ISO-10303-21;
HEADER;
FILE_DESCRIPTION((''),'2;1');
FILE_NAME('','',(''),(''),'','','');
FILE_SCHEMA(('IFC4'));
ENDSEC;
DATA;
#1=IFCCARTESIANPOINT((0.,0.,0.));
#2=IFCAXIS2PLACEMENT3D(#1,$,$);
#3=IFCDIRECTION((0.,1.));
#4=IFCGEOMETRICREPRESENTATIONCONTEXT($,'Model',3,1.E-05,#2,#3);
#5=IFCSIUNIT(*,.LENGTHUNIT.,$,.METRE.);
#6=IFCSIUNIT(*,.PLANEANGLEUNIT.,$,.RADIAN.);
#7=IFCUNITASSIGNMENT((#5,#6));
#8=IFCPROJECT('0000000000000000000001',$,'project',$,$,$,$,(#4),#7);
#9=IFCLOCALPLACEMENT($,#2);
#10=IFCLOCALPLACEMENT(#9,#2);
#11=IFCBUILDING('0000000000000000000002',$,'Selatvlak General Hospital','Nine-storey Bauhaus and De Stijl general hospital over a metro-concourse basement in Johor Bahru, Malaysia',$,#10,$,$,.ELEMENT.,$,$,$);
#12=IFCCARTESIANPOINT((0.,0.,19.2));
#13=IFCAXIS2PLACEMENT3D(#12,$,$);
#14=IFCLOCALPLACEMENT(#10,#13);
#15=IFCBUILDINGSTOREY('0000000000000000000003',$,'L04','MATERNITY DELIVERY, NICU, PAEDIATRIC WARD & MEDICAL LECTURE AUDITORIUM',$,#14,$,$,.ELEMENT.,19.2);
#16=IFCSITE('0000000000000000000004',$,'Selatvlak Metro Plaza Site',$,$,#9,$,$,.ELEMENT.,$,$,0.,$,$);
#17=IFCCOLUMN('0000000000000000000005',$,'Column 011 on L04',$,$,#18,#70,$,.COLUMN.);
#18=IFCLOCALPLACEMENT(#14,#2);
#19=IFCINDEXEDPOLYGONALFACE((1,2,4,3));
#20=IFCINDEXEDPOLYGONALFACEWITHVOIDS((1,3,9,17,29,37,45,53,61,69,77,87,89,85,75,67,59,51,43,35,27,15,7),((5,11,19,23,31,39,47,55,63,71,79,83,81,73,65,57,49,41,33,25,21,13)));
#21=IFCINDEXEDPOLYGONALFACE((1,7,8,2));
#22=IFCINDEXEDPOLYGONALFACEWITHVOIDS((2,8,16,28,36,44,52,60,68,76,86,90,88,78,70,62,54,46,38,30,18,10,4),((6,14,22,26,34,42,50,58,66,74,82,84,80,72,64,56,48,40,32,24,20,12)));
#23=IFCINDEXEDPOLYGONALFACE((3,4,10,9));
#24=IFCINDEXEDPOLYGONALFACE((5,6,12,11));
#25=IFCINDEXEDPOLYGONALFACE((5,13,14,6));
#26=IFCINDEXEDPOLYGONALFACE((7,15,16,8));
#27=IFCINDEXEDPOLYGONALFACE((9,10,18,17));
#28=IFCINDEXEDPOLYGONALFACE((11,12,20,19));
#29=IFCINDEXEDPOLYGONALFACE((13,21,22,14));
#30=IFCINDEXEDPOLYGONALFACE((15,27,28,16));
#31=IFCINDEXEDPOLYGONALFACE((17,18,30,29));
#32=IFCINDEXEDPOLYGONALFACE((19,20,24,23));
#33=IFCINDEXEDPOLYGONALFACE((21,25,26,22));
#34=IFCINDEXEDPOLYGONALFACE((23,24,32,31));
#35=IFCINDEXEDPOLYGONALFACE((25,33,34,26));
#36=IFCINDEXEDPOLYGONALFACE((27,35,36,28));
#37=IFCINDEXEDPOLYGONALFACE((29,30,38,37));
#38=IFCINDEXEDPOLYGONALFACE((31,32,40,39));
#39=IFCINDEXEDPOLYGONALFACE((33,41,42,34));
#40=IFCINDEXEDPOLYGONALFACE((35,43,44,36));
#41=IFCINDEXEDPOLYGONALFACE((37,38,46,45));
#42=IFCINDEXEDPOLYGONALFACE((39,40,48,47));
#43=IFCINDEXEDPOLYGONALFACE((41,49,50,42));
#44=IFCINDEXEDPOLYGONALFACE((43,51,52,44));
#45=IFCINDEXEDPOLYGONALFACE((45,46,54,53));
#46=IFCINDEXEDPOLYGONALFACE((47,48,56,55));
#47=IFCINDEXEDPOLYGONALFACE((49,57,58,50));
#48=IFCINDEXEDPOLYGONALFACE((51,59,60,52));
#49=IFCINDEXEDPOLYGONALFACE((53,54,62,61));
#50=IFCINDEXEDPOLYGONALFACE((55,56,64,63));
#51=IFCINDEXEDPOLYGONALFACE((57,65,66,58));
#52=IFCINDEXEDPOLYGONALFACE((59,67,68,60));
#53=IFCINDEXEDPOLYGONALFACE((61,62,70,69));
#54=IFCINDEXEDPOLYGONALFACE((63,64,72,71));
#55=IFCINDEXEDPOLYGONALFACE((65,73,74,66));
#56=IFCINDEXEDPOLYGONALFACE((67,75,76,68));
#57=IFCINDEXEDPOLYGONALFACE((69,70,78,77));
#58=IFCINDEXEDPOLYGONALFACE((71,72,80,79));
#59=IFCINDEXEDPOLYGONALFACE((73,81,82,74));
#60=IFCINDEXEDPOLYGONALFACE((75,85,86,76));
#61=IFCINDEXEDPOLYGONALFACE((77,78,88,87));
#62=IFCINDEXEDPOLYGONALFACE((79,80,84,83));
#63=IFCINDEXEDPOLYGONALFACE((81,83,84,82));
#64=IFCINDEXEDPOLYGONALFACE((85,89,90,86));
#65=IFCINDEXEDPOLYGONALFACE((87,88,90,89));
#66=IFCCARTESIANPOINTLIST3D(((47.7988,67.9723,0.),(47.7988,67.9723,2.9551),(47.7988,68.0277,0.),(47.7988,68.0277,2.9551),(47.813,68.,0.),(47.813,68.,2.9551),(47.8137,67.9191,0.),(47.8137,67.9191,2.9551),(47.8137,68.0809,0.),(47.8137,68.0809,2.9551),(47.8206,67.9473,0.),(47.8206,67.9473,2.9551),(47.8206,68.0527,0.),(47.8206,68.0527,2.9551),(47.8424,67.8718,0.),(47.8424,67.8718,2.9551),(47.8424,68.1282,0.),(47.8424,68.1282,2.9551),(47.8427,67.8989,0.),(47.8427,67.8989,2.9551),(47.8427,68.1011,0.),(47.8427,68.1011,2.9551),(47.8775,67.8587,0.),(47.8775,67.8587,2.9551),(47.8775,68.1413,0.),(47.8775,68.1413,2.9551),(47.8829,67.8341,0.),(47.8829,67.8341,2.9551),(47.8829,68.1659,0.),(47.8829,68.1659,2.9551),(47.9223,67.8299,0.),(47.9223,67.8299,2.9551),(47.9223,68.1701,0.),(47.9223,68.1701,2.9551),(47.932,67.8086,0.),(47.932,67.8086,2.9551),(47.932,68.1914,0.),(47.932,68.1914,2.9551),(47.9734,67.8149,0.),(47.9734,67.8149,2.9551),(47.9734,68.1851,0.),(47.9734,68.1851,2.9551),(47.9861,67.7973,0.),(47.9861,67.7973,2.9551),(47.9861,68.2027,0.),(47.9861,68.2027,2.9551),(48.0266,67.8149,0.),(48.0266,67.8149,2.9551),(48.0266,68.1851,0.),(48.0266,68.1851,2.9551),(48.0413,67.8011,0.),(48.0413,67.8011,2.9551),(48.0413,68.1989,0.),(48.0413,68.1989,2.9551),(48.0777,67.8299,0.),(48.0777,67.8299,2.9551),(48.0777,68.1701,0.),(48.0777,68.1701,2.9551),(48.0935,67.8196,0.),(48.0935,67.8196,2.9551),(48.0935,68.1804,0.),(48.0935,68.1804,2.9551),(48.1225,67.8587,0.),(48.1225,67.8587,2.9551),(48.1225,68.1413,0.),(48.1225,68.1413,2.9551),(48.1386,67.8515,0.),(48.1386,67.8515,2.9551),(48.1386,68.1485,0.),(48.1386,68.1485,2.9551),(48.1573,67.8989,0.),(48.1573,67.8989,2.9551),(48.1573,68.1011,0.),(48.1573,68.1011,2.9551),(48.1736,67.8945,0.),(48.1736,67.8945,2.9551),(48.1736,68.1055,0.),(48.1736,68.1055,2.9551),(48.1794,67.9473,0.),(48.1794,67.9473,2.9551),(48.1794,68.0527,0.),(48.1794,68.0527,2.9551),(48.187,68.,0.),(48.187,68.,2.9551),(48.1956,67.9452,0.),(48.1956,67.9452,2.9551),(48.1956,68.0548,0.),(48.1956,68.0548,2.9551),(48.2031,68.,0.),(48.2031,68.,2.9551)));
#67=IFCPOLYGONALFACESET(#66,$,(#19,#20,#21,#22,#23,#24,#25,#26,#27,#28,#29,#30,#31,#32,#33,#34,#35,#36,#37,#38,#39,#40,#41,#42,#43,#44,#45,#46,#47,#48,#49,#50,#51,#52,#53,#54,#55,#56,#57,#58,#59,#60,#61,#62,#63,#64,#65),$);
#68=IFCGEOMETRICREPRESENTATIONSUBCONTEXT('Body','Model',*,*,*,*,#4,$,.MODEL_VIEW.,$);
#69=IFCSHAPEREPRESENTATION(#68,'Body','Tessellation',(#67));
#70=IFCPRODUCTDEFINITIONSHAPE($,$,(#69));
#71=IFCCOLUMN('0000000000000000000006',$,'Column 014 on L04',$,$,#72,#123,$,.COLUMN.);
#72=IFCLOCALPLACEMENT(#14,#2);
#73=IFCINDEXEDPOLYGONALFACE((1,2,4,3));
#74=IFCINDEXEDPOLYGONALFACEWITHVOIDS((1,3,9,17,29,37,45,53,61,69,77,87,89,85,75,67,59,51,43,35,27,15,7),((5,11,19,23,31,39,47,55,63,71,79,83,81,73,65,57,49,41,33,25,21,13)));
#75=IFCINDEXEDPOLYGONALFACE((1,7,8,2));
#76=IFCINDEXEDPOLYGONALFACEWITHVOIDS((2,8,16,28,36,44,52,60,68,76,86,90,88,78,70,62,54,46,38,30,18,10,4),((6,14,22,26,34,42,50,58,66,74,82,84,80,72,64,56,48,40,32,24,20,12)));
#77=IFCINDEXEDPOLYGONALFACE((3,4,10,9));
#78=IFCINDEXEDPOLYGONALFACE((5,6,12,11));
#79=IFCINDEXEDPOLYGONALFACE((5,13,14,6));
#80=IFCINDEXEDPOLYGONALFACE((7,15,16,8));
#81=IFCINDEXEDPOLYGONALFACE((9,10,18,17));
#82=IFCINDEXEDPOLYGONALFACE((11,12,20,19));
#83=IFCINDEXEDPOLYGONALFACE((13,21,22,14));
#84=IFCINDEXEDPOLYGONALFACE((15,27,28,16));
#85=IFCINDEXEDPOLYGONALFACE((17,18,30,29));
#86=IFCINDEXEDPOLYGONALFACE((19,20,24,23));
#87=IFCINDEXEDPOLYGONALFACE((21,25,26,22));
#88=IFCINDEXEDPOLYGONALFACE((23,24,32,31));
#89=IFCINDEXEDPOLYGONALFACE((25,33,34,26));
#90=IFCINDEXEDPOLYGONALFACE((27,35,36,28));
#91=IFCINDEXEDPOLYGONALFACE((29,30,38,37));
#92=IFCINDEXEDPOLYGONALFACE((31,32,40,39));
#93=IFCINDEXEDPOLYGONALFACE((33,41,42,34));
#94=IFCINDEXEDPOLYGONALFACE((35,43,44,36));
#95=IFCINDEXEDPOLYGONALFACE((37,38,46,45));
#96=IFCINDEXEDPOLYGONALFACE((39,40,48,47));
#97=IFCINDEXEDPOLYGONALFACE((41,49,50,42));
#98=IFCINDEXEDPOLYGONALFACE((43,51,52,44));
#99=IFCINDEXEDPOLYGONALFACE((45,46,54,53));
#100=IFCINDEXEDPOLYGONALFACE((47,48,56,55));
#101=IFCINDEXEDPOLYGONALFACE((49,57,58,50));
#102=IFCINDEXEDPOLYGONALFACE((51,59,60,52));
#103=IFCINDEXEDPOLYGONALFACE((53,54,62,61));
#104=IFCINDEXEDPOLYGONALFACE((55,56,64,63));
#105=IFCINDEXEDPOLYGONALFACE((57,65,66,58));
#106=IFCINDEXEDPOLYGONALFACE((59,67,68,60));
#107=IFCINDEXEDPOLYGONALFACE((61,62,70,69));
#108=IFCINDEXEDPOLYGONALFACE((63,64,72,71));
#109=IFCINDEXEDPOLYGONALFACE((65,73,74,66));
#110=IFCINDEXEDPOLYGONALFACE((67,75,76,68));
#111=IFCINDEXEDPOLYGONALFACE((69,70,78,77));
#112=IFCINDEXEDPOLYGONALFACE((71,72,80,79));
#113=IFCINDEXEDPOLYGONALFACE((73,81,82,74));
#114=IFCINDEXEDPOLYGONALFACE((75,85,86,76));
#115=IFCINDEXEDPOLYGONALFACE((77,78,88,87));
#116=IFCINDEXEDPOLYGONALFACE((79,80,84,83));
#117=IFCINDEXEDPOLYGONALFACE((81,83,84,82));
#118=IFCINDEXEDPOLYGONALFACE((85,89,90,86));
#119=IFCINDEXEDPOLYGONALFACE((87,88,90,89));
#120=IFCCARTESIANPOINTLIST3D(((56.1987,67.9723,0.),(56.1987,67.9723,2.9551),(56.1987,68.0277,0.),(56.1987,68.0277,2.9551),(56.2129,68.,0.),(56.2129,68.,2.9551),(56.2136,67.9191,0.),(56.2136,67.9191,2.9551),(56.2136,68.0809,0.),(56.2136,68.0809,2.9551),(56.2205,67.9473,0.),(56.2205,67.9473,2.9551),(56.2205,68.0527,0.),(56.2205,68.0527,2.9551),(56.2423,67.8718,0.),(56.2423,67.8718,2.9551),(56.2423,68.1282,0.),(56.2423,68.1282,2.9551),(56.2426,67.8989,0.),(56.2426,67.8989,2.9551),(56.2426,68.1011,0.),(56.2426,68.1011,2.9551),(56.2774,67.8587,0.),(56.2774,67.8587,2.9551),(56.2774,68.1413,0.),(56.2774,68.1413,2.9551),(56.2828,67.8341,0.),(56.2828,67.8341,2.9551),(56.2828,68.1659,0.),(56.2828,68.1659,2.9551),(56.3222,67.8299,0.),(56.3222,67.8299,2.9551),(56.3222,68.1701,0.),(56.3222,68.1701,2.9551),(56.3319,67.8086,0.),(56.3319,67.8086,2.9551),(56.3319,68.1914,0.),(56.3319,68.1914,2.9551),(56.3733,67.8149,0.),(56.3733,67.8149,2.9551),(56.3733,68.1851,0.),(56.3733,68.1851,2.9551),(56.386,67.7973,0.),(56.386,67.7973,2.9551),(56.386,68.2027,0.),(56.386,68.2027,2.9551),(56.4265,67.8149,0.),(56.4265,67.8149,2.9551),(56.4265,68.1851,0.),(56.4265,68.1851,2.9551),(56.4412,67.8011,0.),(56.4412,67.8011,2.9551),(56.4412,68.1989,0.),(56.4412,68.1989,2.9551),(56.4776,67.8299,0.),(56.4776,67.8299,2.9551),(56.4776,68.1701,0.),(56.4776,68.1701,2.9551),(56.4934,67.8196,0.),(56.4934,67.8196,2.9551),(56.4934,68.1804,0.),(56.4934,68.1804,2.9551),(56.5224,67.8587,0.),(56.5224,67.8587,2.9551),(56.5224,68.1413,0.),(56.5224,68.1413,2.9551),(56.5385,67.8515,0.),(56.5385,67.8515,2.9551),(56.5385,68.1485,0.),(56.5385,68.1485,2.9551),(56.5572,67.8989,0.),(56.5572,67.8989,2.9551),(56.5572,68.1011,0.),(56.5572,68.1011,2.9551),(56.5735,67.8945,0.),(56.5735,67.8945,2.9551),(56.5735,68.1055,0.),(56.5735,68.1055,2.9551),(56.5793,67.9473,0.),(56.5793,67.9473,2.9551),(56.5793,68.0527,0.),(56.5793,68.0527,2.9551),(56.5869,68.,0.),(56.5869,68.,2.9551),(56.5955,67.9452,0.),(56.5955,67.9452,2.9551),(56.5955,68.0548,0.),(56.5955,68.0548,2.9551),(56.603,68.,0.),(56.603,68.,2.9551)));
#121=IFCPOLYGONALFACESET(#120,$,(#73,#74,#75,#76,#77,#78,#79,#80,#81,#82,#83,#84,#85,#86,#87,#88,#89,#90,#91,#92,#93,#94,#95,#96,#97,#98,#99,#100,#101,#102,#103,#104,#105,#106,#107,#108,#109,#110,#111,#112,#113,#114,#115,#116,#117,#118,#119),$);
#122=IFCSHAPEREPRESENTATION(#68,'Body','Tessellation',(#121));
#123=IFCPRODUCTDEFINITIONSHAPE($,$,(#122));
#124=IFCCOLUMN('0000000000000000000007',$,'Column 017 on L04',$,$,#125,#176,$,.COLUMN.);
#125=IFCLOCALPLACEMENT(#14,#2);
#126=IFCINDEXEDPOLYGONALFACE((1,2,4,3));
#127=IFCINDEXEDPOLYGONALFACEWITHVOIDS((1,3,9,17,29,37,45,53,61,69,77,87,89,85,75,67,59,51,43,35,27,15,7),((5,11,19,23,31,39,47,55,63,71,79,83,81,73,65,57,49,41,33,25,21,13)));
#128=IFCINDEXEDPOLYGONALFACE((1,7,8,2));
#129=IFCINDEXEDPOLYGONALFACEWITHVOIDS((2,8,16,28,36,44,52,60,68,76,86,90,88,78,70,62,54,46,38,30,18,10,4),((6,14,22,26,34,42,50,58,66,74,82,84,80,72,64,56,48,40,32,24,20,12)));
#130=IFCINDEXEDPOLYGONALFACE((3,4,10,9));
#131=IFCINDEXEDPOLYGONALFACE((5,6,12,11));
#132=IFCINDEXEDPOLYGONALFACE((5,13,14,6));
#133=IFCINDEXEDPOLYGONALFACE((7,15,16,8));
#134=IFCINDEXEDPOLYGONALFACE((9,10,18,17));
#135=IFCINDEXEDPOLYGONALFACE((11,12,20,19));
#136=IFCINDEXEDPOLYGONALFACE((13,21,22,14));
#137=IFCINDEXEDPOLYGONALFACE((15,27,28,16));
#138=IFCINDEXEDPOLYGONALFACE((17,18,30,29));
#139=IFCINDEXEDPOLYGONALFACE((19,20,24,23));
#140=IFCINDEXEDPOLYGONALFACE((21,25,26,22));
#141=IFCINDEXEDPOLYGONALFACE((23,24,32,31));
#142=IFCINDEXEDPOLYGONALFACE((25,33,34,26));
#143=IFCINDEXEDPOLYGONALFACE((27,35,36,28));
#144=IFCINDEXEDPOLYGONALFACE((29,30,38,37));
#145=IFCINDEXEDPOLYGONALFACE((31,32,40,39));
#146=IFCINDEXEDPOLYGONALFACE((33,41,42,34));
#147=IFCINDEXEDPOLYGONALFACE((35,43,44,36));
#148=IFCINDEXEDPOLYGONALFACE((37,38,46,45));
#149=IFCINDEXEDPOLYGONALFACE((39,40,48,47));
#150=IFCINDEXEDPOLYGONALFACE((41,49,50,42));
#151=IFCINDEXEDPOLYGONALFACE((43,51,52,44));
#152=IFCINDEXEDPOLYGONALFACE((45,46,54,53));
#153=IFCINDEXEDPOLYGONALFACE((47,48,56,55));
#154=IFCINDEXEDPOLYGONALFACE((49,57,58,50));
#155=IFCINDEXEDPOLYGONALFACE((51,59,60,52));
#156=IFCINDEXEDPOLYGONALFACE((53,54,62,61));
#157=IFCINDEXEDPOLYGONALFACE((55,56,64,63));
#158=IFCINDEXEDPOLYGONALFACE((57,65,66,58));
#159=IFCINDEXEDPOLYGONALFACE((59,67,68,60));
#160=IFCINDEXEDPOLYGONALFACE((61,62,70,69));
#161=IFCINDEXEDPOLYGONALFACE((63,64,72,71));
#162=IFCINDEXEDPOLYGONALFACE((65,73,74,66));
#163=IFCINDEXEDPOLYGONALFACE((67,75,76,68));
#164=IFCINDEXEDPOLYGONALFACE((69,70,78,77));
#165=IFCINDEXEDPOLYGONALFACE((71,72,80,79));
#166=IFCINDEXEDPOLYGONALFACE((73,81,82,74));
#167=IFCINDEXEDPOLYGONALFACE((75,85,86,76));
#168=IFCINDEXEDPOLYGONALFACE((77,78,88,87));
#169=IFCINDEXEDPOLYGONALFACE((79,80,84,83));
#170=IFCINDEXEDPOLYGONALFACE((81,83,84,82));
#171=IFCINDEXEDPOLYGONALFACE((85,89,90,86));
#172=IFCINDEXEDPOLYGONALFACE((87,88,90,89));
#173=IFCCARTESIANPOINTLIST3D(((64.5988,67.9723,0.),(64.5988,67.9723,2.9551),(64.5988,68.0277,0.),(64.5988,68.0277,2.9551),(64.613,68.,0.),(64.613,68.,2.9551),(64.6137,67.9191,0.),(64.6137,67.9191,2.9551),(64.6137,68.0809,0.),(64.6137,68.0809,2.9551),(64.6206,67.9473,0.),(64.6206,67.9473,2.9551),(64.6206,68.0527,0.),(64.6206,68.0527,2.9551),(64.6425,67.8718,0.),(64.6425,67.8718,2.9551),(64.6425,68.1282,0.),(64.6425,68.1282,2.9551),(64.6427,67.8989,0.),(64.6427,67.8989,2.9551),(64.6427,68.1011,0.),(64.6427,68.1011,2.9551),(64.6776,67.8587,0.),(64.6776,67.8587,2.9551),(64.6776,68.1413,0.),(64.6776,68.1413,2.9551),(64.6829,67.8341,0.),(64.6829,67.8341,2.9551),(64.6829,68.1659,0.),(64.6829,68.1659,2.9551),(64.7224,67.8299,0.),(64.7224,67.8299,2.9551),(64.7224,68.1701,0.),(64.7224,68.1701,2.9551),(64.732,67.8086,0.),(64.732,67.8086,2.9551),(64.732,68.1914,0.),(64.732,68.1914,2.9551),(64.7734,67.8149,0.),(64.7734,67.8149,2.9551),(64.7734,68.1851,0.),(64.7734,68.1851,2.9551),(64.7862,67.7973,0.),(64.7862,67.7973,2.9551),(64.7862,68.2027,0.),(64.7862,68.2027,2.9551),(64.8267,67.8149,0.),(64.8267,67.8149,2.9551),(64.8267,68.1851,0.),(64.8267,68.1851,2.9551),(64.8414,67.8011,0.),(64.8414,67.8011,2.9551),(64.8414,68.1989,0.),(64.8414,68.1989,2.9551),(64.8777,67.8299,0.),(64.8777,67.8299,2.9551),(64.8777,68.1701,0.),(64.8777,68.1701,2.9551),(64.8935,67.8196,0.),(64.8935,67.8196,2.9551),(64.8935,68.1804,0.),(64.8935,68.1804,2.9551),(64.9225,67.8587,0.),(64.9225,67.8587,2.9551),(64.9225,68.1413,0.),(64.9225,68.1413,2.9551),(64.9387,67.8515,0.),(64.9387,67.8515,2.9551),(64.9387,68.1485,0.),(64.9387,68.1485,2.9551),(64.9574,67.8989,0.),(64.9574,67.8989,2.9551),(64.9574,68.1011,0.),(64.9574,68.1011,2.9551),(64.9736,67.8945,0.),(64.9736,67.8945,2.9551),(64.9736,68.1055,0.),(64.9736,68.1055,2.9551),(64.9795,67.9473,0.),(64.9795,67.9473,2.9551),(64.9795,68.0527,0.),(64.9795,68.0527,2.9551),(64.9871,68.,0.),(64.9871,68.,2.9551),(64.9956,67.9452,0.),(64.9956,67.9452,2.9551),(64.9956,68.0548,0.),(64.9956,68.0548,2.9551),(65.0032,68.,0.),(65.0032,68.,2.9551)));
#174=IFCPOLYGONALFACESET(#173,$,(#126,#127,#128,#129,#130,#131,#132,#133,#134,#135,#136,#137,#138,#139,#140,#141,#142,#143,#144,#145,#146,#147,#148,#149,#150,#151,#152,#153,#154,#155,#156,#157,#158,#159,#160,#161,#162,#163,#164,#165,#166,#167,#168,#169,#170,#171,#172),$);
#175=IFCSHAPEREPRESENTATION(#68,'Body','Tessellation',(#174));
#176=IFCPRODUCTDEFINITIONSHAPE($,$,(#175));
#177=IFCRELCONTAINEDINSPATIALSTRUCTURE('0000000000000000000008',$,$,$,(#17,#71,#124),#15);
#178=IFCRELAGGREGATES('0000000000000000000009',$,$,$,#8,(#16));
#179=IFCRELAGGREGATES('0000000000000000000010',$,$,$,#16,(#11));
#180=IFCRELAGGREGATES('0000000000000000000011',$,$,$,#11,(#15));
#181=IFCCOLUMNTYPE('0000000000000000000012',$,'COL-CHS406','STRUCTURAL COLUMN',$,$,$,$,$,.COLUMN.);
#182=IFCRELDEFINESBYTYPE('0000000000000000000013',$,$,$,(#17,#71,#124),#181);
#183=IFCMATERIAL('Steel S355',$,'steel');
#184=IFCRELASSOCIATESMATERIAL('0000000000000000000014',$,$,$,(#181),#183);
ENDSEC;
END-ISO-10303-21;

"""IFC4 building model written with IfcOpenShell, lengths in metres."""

from ifc_helpers import new_model, si_unit, direction, frame, origin, origin_2d, place, context, subcontext, project, spatial, hollow_circle, extrude, material, material_profile, profile_set, type_object, element, save


model = new_model("IFC4")

# Units and contexts
model_context = context("Model", 3, precision=1e-05, world=origin(), true_north=direction((0.0, 1.0)))
body_context = subcontext(model_context, "Body", "Model", "MODEL_VIEW")
ifc_project = project(units=[si_unit("LENGTHUNIT", "METRE"), si_unit("PLANEANGLEUNIT", "RADIAN")], contexts=[model_context])

# Site, building, storey
site_placement = place(None, origin())
site = spatial("IfcSite", under=ifc_project, at=site_placement, Name="Selatvlak Metro Plaza Site", CompositionType="ELEMENT", RefElevation=0.0)
building_placement = place(site_placement, origin())
building = spatial("IfcBuilding", under=site, at=building_placement, Name="Selatvlak General Hospital", Description="Nine-storey Bauhaus and De Stijl general hospital over a metro-concourse basement in Johor Bahru, Malaysia", CompositionType="ELEMENT")
storey_placement = place(building_placement, frame((0.0, 0.0, 19.2)))
storey = spatial("IfcBuildingStorey", under=building, at=storey_placement, Name="L04", Description="MATERNITY DELIVERY, NICU, PAEDIATRIC WARD & MEDICAL LECTURE AUDITORIUM", CompositionType="ELEMENT", Elevation=19.2)

# Columns
ifc_material_1 = material(Name="Steel S355", Category="steel")
ifc_material_profile_1 = material_profile(ifc_material_1, hollow_circle(Radius=0.2031, WallThickness=0.0161, at=origin_2d()), Name="CHS 406.4x16")
ifc_profile_set_1 = profile_set([ifc_material_profile_1], Name="Steel S355")
column_type = type_object("IfcColumnType", Name="COL-CHS406", Description="STRUCTURAL COLUMN", PredefinedType="COLUMN", material=ifc_profile_set_1)
for number, where, z_axis, x_axis, name in (
    (1, (48.0, 68.0, 0.0), (0.0, 0.0, 1.0), (1.0, 0.0, 0.0), "Column 011 on L04"),
    (2, (56.3999, 68.0, 0.0), (0.0, 0.0, 1.0), (1.0, 0.0, 0.0), "Column 014 on L04"),
    (3, (64.8, 68.0, 0.0), (0.0, 0.0, 1.0), (1.0, 0.0, 0.0), "Column 017 on L04"),
):
    element("IfcColumn", number, at=place(storey_placement, frame(where, z_axis=z_axis, x_axis=x_axis)), inside=storey, type_object=column_type, Name=name, PredefinedType="COLUMN", context=body_context, shape_type="SweptSolid", body=[
        extrude(hollow_circle(Radius=0.2031, WallThickness=0.0161, at=origin_2d()), origin(), (0.0, 0.0, 1.0), 2.9551),
    ])

save(model, "model.ifc")
